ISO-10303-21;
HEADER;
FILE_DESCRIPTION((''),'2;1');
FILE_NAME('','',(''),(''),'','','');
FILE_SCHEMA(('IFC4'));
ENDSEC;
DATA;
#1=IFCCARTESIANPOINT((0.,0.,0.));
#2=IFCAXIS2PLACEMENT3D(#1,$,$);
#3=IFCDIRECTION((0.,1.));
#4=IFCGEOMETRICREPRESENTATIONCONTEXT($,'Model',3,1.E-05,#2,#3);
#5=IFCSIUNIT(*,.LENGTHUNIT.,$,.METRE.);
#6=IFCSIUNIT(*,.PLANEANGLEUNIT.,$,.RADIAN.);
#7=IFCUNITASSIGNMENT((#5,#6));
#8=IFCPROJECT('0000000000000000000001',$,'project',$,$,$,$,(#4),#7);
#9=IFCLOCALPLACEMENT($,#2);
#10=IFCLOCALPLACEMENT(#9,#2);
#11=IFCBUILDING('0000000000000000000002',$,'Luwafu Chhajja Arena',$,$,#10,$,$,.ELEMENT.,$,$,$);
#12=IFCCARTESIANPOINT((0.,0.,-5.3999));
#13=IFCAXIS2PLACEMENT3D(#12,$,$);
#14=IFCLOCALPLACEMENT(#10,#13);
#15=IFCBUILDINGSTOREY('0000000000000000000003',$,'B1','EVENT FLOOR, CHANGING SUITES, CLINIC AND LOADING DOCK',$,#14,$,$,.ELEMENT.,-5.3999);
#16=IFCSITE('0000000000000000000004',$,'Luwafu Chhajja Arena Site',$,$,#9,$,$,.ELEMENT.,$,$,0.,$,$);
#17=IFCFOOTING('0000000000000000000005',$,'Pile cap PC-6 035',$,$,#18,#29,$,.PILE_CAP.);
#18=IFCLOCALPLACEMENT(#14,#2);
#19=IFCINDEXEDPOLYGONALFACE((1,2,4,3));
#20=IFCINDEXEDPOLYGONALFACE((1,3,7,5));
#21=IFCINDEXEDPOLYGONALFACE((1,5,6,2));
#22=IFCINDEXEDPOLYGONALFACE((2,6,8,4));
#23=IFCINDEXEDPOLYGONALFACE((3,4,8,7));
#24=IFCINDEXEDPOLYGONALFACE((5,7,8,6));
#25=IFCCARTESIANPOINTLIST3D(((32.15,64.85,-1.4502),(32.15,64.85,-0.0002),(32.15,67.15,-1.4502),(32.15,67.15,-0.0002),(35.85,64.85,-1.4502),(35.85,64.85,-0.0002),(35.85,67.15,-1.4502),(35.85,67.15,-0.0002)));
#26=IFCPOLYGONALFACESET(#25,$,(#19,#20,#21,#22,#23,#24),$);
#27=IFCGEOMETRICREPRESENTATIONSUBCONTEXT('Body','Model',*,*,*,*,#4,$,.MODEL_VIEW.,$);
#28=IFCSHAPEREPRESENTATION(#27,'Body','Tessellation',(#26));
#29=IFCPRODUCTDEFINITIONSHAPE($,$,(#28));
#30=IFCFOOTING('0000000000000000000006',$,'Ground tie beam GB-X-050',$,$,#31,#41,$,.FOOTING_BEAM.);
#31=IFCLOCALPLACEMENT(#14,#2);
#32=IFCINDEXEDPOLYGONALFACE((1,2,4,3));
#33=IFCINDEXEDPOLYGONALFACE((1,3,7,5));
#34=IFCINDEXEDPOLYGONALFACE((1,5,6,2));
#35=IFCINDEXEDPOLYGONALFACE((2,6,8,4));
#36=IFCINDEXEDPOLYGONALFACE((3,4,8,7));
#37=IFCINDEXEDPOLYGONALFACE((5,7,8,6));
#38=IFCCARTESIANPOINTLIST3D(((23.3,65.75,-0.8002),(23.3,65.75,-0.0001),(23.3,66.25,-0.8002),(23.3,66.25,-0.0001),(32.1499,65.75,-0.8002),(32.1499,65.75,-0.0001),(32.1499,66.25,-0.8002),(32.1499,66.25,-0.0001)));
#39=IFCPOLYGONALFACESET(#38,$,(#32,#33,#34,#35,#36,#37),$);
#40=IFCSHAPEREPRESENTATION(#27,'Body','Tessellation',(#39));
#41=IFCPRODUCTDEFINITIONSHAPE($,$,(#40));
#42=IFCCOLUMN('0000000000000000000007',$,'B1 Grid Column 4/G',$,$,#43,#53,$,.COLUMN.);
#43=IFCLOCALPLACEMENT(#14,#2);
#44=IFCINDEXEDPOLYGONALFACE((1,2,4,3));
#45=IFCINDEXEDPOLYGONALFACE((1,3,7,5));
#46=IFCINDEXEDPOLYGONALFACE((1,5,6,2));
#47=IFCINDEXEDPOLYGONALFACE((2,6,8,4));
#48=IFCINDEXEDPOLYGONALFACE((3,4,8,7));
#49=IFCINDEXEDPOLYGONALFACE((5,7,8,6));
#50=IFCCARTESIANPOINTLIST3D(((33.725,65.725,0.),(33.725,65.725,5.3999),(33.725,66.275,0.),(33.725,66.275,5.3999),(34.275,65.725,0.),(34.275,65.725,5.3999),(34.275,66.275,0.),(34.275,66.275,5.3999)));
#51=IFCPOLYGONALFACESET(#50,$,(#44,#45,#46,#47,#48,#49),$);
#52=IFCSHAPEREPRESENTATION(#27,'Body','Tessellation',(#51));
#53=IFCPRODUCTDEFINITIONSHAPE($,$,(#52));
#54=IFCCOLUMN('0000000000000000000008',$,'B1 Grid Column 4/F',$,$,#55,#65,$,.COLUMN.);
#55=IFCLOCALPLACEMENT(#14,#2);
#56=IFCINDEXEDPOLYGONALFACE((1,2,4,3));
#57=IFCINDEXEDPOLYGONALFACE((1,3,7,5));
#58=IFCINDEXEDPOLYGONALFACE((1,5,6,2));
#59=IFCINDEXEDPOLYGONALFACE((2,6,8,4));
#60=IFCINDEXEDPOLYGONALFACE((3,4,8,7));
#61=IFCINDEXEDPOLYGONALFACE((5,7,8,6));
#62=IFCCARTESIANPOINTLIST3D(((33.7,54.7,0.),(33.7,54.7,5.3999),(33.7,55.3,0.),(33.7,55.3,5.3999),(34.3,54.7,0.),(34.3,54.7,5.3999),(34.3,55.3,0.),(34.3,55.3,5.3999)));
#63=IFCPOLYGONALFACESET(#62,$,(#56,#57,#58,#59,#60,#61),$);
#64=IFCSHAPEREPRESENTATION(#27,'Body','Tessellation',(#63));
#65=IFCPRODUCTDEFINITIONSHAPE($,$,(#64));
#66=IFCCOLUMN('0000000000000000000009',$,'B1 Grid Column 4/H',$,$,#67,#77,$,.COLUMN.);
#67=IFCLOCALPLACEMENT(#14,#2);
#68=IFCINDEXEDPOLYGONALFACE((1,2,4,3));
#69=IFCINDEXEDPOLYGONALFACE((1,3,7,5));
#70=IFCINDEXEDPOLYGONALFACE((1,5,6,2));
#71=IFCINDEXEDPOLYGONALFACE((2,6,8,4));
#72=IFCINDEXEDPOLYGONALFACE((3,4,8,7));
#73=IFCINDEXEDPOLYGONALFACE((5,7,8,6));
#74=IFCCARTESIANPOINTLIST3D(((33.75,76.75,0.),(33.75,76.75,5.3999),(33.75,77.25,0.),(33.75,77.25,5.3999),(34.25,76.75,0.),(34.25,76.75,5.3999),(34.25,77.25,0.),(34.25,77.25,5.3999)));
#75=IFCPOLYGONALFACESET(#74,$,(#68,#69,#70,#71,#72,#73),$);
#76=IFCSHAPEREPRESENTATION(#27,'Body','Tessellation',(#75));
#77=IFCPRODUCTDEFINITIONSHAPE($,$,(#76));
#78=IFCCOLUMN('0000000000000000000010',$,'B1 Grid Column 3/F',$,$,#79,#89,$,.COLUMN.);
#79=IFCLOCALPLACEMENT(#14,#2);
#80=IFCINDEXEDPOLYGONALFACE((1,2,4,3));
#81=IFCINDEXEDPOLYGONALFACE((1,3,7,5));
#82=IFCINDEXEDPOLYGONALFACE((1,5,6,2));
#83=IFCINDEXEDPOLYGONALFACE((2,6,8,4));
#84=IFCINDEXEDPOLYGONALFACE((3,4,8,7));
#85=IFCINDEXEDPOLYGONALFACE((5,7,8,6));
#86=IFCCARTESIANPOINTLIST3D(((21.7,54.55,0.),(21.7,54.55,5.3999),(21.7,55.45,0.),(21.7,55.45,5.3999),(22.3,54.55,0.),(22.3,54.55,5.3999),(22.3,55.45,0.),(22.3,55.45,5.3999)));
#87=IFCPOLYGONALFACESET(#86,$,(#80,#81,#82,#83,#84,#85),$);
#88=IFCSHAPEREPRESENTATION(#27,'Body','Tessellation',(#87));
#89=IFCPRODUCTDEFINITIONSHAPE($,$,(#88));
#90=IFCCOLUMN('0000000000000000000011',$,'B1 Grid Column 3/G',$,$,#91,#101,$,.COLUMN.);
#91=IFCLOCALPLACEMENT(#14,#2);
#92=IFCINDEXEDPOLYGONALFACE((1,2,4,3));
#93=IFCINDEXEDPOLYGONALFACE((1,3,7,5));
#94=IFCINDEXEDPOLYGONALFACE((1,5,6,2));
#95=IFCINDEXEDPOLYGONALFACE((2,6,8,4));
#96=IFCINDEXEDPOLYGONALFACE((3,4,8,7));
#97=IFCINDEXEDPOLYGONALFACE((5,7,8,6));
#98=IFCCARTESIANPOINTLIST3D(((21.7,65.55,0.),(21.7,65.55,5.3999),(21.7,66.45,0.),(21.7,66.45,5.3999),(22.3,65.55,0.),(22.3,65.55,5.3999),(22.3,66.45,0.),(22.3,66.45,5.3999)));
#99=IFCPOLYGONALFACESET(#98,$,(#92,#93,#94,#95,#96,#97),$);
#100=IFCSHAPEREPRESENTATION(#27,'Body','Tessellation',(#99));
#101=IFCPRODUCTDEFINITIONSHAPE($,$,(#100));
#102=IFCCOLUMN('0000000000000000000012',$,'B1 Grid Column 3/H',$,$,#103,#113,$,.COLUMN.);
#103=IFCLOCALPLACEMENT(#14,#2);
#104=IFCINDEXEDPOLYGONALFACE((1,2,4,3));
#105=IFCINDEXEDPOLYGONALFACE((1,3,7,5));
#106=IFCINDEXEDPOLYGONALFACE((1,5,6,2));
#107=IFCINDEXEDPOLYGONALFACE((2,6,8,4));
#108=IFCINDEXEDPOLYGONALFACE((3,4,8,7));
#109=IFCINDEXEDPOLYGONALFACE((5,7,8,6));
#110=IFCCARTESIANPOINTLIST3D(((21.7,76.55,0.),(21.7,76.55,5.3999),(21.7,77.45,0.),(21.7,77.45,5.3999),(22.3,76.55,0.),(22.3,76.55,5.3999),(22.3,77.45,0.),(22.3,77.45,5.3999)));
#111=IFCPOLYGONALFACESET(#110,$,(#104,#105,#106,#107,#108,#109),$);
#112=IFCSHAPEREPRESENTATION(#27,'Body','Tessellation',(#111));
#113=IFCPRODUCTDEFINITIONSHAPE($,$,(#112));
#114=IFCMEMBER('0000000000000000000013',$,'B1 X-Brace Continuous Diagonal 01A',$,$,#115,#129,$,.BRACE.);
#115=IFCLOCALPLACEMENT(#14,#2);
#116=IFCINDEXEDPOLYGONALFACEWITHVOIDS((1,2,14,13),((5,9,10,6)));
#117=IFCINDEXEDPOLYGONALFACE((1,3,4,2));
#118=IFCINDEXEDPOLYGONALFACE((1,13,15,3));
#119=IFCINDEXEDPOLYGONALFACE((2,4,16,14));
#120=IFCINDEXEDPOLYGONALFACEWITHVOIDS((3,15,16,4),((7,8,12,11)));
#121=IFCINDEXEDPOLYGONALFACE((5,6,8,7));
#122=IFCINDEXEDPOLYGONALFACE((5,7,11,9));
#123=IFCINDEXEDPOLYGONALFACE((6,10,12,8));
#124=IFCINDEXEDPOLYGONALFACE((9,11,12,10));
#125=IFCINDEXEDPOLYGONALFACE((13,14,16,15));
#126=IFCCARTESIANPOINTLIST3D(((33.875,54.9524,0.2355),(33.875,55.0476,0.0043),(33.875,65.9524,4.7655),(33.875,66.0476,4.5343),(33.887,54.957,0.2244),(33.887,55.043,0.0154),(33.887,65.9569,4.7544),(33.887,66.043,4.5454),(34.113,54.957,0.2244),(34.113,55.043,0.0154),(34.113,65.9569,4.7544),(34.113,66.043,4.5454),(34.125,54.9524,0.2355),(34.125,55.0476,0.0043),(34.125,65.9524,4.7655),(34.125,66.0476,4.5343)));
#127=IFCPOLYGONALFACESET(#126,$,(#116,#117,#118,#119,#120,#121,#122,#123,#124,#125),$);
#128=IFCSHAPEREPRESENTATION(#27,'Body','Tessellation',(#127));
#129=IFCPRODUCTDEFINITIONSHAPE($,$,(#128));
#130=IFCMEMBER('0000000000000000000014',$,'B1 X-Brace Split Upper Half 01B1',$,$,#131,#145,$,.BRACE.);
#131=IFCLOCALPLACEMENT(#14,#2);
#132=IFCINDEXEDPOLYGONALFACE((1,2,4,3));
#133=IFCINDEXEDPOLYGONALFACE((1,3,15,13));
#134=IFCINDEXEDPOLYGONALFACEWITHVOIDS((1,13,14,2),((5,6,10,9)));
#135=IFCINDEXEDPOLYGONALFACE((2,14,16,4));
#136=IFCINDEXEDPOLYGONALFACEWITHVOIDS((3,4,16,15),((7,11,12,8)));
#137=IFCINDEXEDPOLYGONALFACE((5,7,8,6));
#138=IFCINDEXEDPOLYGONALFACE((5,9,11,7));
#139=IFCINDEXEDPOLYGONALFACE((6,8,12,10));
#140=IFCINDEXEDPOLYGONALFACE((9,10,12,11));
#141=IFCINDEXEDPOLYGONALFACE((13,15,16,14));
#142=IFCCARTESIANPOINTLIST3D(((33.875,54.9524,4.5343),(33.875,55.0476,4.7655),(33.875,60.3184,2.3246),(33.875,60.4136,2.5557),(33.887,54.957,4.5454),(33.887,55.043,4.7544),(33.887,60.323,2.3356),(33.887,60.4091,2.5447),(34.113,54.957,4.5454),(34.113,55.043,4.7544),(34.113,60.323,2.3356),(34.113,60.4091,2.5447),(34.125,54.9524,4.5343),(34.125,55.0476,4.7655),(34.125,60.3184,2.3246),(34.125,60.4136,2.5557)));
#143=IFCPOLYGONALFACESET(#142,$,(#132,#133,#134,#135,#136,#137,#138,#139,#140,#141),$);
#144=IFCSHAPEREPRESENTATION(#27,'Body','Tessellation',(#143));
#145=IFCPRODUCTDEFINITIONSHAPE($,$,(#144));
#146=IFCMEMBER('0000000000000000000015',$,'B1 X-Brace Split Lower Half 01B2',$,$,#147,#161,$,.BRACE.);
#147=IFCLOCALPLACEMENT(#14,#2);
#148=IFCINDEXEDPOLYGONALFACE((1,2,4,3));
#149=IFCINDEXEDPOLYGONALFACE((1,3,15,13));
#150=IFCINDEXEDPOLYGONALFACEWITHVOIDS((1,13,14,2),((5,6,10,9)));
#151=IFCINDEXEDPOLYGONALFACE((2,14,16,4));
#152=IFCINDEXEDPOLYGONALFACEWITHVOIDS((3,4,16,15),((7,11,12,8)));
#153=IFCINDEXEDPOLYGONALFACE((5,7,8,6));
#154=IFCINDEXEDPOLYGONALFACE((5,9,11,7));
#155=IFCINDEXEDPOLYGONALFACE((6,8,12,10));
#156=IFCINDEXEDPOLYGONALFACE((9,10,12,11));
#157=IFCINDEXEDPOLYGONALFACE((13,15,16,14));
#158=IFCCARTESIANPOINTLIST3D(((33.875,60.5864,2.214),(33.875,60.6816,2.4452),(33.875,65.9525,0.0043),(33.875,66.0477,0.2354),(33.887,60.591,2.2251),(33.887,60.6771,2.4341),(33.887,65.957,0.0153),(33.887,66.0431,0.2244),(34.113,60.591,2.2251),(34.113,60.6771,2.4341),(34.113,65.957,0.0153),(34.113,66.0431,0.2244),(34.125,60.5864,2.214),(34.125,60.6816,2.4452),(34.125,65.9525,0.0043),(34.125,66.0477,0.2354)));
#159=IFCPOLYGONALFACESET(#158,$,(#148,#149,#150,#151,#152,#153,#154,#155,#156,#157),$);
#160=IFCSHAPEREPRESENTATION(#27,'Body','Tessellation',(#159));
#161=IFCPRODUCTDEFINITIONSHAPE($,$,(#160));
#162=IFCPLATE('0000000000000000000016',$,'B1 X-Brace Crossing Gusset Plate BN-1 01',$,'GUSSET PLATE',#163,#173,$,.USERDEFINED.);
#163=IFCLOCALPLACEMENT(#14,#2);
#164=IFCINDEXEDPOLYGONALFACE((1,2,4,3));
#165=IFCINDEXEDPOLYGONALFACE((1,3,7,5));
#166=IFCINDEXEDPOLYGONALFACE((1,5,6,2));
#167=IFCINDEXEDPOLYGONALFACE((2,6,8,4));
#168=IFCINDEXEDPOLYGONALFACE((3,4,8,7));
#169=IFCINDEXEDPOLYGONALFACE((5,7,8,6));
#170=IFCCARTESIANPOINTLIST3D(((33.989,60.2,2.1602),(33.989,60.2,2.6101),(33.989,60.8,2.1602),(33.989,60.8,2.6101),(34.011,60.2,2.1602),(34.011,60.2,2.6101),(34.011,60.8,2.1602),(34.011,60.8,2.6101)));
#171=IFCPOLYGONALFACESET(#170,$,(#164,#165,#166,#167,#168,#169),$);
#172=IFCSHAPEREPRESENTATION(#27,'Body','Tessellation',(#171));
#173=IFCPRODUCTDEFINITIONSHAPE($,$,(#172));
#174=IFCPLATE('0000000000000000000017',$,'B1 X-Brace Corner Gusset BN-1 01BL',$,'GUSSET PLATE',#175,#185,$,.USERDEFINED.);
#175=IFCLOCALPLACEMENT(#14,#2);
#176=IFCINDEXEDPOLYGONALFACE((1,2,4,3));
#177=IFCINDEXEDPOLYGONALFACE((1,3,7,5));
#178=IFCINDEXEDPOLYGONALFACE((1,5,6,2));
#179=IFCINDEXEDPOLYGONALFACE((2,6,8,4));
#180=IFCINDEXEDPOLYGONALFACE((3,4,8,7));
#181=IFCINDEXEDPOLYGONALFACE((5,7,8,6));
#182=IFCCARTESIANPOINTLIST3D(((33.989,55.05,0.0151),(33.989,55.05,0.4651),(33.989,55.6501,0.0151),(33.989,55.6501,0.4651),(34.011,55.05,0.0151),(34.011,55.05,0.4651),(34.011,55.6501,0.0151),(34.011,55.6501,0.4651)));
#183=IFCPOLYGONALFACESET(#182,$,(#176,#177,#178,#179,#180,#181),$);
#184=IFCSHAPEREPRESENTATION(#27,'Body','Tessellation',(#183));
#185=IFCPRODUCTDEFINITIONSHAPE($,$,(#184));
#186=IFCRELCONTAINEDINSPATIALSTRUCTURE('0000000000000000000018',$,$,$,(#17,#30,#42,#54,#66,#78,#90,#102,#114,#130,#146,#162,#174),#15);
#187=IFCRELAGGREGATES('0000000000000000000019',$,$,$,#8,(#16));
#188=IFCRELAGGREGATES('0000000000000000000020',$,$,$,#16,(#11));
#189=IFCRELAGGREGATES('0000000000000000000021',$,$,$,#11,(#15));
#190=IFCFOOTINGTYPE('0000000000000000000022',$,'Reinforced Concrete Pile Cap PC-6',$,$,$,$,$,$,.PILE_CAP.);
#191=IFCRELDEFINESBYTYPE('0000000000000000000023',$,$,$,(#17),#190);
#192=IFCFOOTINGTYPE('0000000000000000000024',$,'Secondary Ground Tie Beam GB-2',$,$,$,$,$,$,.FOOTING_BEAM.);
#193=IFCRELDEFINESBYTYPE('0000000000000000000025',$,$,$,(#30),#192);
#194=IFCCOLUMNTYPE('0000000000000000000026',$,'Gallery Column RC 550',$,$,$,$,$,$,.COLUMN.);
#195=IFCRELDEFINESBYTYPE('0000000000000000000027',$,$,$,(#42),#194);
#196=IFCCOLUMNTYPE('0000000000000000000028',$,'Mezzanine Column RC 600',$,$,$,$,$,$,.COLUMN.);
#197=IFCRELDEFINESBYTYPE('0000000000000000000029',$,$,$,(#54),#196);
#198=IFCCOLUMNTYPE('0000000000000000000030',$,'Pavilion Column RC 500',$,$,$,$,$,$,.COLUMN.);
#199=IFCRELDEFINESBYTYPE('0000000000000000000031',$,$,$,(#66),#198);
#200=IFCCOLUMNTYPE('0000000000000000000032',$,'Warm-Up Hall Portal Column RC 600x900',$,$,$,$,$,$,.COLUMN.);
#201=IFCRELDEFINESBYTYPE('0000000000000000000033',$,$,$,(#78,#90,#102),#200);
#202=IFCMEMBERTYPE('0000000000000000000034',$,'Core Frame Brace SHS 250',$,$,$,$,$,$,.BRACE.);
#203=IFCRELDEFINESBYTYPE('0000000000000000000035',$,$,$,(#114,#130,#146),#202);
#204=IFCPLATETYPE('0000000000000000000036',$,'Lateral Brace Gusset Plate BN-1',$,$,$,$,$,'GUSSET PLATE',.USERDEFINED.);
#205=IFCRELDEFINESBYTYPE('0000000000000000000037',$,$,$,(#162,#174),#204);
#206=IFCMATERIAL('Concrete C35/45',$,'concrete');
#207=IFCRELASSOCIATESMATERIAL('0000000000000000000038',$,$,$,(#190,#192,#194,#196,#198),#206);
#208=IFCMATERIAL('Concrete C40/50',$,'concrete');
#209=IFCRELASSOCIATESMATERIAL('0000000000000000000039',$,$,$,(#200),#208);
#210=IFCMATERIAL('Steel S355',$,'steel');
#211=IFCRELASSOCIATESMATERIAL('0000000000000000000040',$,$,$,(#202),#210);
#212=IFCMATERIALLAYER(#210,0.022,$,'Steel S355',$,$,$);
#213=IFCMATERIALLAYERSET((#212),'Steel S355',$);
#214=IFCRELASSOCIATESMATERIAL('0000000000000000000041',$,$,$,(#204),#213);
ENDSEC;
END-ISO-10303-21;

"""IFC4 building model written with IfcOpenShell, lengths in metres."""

from ifc_helpers import new_model, si_unit, direction, frame, origin, origin_2d, place, context, subcontext, project, spatial, rectangle, hollow_rectangle, extrude, material, layer, layer_set, material_profile, profile_set, type_object, element, save


model = new_model("IFC4")

# Units and contexts
model_context = context("Model", 3, precision=1e-05, world=origin(), true_north=direction((0.0, 1.0)))
body_context = subcontext(model_context, "Body", "Model", "MODEL_VIEW")
ifc_project = project(units=[si_unit("LENGTHUNIT", "METRE"), si_unit("PLANEANGLEUNIT", "RADIAN")], contexts=[model_context])

# Site, building, storey
site_placement = place(None, origin())
site = spatial("IfcSite", under=ifc_project, at=site_placement, Name="Luwafu Chhajja Arena Site", CompositionType="ELEMENT", RefElevation=0.0)
building_placement = place(site_placement, origin())
building = spatial("IfcBuilding", under=site, at=building_placement, Name="Luwafu Chhajja Arena", CompositionType="ELEMENT")
storey_placement = place(building_placement, frame((0.0, 0.0, -5.3999)))
storey = spatial("IfcBuildingStorey", under=building, at=storey_placement, Name="B1", Description="EVENT FLOOR, CHANGING SUITES, CLINIC AND LOADING DOCK", CompositionType="ELEMENT", Elevation=-5.3999)

# Shared definitions
ifc_material_1 = material(Name="Concrete C35/45", Category="concrete")

# Footings
footing_type_1 = type_object("IfcFootingType", Name="Reinforced Concrete Pile Cap PC-6", PredefinedType="PILE_CAP", material=ifc_material_1)
for number, where, z_axis, x_axis, name in (
    (1, (34.0, 66.0, -1.4502), (0.0, 0.0, 1.0), (1.0, 0.0, 0.0), "Pile cap PC-6 035"),
):
    element("IfcFooting", number, at=place(storey_placement, frame(where, z_axis=z_axis, x_axis=x_axis)), inside=storey, type_object=footing_type_1, Name=name, PredefinedType="PILE_CAP", context=body_context, shape_type="SweptSolid", body=[
        extrude(rectangle(XDim=3.7, YDim=2.3, at=origin_2d()), origin(), (0.0, 0.0, 1.0), 1.45),
    ])
ifc_material_profile_1 = material_profile(ifc_material_1, rectangle(XDim=0.5, YDim=0.8, at=origin_2d()), Name="RC 500x800")
ifc_profile_set_1 = profile_set([ifc_material_profile_1], Name="Concrete C35/45")
footing_type_2 = type_object("IfcFootingType", Name="Secondary Ground Tie Beam GB-2", PredefinedType="FOOTING_BEAM", material=ifc_profile_set_1)
footing_1_placement = place(storey_placement, frame((23.3, 66.0, -0.4001), z_axis=(1.0, 0.0, 0.0), x_axis=(0.0, 1.0, 0.0)))
element("IfcFooting", 2, at=footing_1_placement, inside=storey, type_object=footing_type_2, Name="Ground tie beam GB-X-050", PredefinedType="FOOTING_BEAM", context=body_context, shape_type="SweptSolid", body=[
    extrude(rectangle(XDim=0.5, YDim=0.8, at=origin_2d()), origin(), (0.0, 0.0, 1.0), 8.8499),
])

# Columns
ifc_material_profile_2 = material_profile(ifc_material_1, rectangle(XDim=0.55, YDim=0.55, at=origin_2d()), Name="RC 550x550")
ifc_profile_set_2 = profile_set([ifc_material_profile_2], Name="Concrete C35/45")
column_type_1 = type_object("IfcColumnType", Name="Gallery Column RC 550", PredefinedType="COLUMN", material=ifc_profile_set_2)
column_1_placement = place(storey_placement, frame((34.0, 66.0, 0.0), z_axis=(0.0, 0.0, 1.0), x_axis=(1.0, 0.0, 0.0)))
element("IfcColumn", 3, at=column_1_placement, inside=storey, type_object=column_type_1, Name="B1 Grid Column 4/G", PredefinedType="COLUMN", context=body_context, shape_type="SweptSolid", body=[
    extrude(rectangle(XDim=0.55, YDim=0.55, at=origin_2d()), origin(), (0.0, 0.0, 1.0), 5.3999),
])
ifc_material_profile_3 = material_profile(ifc_material_1, rectangle(XDim=0.6001, YDim=0.6001, at=origin_2d()), Name="RC 600x600")
ifc_profile_set_3 = profile_set([ifc_material_profile_3], Name="Concrete C35/45")
column_type_2 = type_object("IfcColumnType", Name="Mezzanine Column RC 600", PredefinedType="COLUMN", material=ifc_profile_set_3)
column_2_placement = place(storey_placement, frame((34.0, 55.0, 0.0), z_axis=(0.0, 0.0, 1.0), x_axis=(1.0, 0.0, 0.0)))
element("IfcColumn", 4, at=column_2_placement, inside=storey, type_object=column_type_2, Name="B1 Grid Column 4/F", PredefinedType="COLUMN", context=body_context, shape_type="SweptSolid", body=[
    extrude(rectangle(XDim=0.6001, YDim=0.6001, at=origin_2d()), origin(), (0.0, 0.0, 1.0), 5.3999),
])
ifc_material_profile_4 = material_profile(ifc_material_1, rectangle(XDim=0.5, YDim=0.5, at=origin_2d()), Name="RC 500x500")
ifc_profile_set_4 = profile_set([ifc_material_profile_4], Name="Concrete C35/45")
column_type_3 = type_object("IfcColumnType", Name="Pavilion Column RC 500", PredefinedType="COLUMN", material=ifc_profile_set_4)
column_3_placement = place(storey_placement, frame((34.0, 77.0, 0.0), z_axis=(0.0, 0.0, 1.0), x_axis=(1.0, 0.0, 0.0)))
element("IfcColumn", 5, at=column_3_placement, inside=storey, type_object=column_type_3, Name="B1 Grid Column 4/H", PredefinedType="COLUMN", context=body_context, shape_type="SweptSolid", body=[
    extrude(rectangle(XDim=0.5, YDim=0.5, at=origin_2d()), origin(), (0.0, 0.0, 1.0), 5.3999),
])
ifc_material_2 = material(Name="Concrete C40/50", Category="concrete")
ifc_material_profile_5 = material_profile(ifc_material_2, rectangle(XDim=0.6001, YDim=0.8999, at=origin_2d()), Name="RC 600x900")
ifc_profile_set_5 = profile_set([ifc_material_profile_5], Name="Concrete C40/50")
column_type_4 = type_object("IfcColumnType", Name="Warm-Up Hall Portal Column RC 600x900", PredefinedType="COLUMN", material=ifc_profile_set_5)
for number, where, z_axis, x_axis, name in (
    (6, (22.0, 55.0, 0.0), (0.0, 0.0, 1.0), (1.0, 0.0, 0.0), "B1 Grid Column 3/F"),
    (7, (22.0, 66.0, 0.0), (0.0, 0.0, 1.0), (1.0, 0.0, 0.0), "B1 Grid Column 3/G"),
    (8, (22.0, 77.0, 0.0), (0.0, 0.0, 1.0), (1.0, 0.0, 0.0), "B1 Grid Column 3/H"),
):
    element("IfcColumn", number, at=place(storey_placement, frame(where, z_axis=z_axis, x_axis=x_axis)), inside=storey, type_object=column_type_4, Name=name, PredefinedType="COLUMN", context=body_context, shape_type="SweptSolid", body=[
        extrude(rectangle(XDim=0.6001, YDim=0.8999, at=origin_2d()), origin(), (0.0, 0.0, 1.0), 5.3999),
    ])

# Members
ifc_material_3 = material(Name="Steel S355", Category="steel")
ifc_material_profile_6 = material_profile(ifc_material_3, hollow_rectangle(XDim=0.25, YDim=0.25, WallThickness=0.012, at=origin_2d()), Name="SHS 250x250x12")
ifc_profile_set_6 = profile_set([ifc_material_profile_6], Name="Steel S355")
member_type = type_object("IfcMemberType", Name="Core Frame Brace SHS 250", PredefinedType="BRACE", material=ifc_profile_set_6)
member_placement = place(storey_placement, frame((34.0, 55.0, 0.1199), z_axis=(0.0, 0.92466, 0.380794), x_axis=(-1.0, 0.0, 0.0)))
element("IfcMember", 9, at=member_placement, inside=storey, type_object=member_type, Name="B1 X-Brace Continuous Diagonal 01A", PredefinedType="BRACE", context=body_context, shape_type="SweptSolid", body=[
    extrude(hollow_rectangle(XDim=0.25, YDim=0.25, WallThickness=0.012, at=origin_2d()), origin(), (0.0, 0.0, 1.0), 11.8962),
])
for number, where, z_axis, x_axis, name in (
    (10, (34.0, 55.0, 4.6499), (0.0, 0.924666, -0.380779), (-1.0, 0.0, 0.0), "B1 X-Brace Split Upper Half 01B1"),
    (11, (34.0, 60.634, 2.3296), (0.0, 0.924666, -0.380779), (-1.0, 0.0, 0.0), "B1 X-Brace Split Lower Half 01B2"),
):
    element("IfcMember", number, at=place(storey_placement, frame(where, z_axis=z_axis, x_axis=x_axis)), inside=storey, type_object=member_type, Name=name, PredefinedType="BRACE", context=body_context, shape_type="SweptSolid", body=[
        extrude(hollow_rectangle(XDim=0.25, YDim=0.25, WallThickness=0.012, at=origin_2d()), origin(), (0.0, 0.0, 1.0), 5.8032),
    ])

# Plates
ifc_layer_1 = layer(ifc_material_3, 0.022, Name="Steel S355")
ifc_layer_set_1 = layer_set([ifc_layer_1], Name="Steel S355")
plate_type = type_object("IfcPlateType", Name="Lateral Brace Gusset Plate BN-1", ElementType="GUSSET PLATE", PredefinedType="USERDEFINED", material=ifc_layer_set_1)
for number, where, z_axis, x_axis, name in (
    (12, (34.0, 60.5, 2.1602), (0.0, 0.0, 1.0), (1.0, 0.0, 0.0), "B1 X-Brace Crossing Gusset Plate BN-1 01"),
    (13, (34.0, 55.3501, 0.0151), (0.0, 0.0, 1.0), (1.0, 0.0, 0.0), "B1 X-Brace Corner Gusset BN-1 01BL"),
):
    element("IfcPlate", number, at=place(storey_placement, frame(where, z_axis=z_axis, x_axis=x_axis)), inside=storey, type_object=plate_type, Name=name, ObjectType="GUSSET PLATE", PredefinedType="USERDEFINED", context=body_context, shape_type="SweptSolid", body=[
        extrude(rectangle(XDim=0.022, YDim=0.6001, at=origin_2d()), origin(), (0.0, 0.0, 1.0), 0.45),
    ])

save(model, "model.ifc")
